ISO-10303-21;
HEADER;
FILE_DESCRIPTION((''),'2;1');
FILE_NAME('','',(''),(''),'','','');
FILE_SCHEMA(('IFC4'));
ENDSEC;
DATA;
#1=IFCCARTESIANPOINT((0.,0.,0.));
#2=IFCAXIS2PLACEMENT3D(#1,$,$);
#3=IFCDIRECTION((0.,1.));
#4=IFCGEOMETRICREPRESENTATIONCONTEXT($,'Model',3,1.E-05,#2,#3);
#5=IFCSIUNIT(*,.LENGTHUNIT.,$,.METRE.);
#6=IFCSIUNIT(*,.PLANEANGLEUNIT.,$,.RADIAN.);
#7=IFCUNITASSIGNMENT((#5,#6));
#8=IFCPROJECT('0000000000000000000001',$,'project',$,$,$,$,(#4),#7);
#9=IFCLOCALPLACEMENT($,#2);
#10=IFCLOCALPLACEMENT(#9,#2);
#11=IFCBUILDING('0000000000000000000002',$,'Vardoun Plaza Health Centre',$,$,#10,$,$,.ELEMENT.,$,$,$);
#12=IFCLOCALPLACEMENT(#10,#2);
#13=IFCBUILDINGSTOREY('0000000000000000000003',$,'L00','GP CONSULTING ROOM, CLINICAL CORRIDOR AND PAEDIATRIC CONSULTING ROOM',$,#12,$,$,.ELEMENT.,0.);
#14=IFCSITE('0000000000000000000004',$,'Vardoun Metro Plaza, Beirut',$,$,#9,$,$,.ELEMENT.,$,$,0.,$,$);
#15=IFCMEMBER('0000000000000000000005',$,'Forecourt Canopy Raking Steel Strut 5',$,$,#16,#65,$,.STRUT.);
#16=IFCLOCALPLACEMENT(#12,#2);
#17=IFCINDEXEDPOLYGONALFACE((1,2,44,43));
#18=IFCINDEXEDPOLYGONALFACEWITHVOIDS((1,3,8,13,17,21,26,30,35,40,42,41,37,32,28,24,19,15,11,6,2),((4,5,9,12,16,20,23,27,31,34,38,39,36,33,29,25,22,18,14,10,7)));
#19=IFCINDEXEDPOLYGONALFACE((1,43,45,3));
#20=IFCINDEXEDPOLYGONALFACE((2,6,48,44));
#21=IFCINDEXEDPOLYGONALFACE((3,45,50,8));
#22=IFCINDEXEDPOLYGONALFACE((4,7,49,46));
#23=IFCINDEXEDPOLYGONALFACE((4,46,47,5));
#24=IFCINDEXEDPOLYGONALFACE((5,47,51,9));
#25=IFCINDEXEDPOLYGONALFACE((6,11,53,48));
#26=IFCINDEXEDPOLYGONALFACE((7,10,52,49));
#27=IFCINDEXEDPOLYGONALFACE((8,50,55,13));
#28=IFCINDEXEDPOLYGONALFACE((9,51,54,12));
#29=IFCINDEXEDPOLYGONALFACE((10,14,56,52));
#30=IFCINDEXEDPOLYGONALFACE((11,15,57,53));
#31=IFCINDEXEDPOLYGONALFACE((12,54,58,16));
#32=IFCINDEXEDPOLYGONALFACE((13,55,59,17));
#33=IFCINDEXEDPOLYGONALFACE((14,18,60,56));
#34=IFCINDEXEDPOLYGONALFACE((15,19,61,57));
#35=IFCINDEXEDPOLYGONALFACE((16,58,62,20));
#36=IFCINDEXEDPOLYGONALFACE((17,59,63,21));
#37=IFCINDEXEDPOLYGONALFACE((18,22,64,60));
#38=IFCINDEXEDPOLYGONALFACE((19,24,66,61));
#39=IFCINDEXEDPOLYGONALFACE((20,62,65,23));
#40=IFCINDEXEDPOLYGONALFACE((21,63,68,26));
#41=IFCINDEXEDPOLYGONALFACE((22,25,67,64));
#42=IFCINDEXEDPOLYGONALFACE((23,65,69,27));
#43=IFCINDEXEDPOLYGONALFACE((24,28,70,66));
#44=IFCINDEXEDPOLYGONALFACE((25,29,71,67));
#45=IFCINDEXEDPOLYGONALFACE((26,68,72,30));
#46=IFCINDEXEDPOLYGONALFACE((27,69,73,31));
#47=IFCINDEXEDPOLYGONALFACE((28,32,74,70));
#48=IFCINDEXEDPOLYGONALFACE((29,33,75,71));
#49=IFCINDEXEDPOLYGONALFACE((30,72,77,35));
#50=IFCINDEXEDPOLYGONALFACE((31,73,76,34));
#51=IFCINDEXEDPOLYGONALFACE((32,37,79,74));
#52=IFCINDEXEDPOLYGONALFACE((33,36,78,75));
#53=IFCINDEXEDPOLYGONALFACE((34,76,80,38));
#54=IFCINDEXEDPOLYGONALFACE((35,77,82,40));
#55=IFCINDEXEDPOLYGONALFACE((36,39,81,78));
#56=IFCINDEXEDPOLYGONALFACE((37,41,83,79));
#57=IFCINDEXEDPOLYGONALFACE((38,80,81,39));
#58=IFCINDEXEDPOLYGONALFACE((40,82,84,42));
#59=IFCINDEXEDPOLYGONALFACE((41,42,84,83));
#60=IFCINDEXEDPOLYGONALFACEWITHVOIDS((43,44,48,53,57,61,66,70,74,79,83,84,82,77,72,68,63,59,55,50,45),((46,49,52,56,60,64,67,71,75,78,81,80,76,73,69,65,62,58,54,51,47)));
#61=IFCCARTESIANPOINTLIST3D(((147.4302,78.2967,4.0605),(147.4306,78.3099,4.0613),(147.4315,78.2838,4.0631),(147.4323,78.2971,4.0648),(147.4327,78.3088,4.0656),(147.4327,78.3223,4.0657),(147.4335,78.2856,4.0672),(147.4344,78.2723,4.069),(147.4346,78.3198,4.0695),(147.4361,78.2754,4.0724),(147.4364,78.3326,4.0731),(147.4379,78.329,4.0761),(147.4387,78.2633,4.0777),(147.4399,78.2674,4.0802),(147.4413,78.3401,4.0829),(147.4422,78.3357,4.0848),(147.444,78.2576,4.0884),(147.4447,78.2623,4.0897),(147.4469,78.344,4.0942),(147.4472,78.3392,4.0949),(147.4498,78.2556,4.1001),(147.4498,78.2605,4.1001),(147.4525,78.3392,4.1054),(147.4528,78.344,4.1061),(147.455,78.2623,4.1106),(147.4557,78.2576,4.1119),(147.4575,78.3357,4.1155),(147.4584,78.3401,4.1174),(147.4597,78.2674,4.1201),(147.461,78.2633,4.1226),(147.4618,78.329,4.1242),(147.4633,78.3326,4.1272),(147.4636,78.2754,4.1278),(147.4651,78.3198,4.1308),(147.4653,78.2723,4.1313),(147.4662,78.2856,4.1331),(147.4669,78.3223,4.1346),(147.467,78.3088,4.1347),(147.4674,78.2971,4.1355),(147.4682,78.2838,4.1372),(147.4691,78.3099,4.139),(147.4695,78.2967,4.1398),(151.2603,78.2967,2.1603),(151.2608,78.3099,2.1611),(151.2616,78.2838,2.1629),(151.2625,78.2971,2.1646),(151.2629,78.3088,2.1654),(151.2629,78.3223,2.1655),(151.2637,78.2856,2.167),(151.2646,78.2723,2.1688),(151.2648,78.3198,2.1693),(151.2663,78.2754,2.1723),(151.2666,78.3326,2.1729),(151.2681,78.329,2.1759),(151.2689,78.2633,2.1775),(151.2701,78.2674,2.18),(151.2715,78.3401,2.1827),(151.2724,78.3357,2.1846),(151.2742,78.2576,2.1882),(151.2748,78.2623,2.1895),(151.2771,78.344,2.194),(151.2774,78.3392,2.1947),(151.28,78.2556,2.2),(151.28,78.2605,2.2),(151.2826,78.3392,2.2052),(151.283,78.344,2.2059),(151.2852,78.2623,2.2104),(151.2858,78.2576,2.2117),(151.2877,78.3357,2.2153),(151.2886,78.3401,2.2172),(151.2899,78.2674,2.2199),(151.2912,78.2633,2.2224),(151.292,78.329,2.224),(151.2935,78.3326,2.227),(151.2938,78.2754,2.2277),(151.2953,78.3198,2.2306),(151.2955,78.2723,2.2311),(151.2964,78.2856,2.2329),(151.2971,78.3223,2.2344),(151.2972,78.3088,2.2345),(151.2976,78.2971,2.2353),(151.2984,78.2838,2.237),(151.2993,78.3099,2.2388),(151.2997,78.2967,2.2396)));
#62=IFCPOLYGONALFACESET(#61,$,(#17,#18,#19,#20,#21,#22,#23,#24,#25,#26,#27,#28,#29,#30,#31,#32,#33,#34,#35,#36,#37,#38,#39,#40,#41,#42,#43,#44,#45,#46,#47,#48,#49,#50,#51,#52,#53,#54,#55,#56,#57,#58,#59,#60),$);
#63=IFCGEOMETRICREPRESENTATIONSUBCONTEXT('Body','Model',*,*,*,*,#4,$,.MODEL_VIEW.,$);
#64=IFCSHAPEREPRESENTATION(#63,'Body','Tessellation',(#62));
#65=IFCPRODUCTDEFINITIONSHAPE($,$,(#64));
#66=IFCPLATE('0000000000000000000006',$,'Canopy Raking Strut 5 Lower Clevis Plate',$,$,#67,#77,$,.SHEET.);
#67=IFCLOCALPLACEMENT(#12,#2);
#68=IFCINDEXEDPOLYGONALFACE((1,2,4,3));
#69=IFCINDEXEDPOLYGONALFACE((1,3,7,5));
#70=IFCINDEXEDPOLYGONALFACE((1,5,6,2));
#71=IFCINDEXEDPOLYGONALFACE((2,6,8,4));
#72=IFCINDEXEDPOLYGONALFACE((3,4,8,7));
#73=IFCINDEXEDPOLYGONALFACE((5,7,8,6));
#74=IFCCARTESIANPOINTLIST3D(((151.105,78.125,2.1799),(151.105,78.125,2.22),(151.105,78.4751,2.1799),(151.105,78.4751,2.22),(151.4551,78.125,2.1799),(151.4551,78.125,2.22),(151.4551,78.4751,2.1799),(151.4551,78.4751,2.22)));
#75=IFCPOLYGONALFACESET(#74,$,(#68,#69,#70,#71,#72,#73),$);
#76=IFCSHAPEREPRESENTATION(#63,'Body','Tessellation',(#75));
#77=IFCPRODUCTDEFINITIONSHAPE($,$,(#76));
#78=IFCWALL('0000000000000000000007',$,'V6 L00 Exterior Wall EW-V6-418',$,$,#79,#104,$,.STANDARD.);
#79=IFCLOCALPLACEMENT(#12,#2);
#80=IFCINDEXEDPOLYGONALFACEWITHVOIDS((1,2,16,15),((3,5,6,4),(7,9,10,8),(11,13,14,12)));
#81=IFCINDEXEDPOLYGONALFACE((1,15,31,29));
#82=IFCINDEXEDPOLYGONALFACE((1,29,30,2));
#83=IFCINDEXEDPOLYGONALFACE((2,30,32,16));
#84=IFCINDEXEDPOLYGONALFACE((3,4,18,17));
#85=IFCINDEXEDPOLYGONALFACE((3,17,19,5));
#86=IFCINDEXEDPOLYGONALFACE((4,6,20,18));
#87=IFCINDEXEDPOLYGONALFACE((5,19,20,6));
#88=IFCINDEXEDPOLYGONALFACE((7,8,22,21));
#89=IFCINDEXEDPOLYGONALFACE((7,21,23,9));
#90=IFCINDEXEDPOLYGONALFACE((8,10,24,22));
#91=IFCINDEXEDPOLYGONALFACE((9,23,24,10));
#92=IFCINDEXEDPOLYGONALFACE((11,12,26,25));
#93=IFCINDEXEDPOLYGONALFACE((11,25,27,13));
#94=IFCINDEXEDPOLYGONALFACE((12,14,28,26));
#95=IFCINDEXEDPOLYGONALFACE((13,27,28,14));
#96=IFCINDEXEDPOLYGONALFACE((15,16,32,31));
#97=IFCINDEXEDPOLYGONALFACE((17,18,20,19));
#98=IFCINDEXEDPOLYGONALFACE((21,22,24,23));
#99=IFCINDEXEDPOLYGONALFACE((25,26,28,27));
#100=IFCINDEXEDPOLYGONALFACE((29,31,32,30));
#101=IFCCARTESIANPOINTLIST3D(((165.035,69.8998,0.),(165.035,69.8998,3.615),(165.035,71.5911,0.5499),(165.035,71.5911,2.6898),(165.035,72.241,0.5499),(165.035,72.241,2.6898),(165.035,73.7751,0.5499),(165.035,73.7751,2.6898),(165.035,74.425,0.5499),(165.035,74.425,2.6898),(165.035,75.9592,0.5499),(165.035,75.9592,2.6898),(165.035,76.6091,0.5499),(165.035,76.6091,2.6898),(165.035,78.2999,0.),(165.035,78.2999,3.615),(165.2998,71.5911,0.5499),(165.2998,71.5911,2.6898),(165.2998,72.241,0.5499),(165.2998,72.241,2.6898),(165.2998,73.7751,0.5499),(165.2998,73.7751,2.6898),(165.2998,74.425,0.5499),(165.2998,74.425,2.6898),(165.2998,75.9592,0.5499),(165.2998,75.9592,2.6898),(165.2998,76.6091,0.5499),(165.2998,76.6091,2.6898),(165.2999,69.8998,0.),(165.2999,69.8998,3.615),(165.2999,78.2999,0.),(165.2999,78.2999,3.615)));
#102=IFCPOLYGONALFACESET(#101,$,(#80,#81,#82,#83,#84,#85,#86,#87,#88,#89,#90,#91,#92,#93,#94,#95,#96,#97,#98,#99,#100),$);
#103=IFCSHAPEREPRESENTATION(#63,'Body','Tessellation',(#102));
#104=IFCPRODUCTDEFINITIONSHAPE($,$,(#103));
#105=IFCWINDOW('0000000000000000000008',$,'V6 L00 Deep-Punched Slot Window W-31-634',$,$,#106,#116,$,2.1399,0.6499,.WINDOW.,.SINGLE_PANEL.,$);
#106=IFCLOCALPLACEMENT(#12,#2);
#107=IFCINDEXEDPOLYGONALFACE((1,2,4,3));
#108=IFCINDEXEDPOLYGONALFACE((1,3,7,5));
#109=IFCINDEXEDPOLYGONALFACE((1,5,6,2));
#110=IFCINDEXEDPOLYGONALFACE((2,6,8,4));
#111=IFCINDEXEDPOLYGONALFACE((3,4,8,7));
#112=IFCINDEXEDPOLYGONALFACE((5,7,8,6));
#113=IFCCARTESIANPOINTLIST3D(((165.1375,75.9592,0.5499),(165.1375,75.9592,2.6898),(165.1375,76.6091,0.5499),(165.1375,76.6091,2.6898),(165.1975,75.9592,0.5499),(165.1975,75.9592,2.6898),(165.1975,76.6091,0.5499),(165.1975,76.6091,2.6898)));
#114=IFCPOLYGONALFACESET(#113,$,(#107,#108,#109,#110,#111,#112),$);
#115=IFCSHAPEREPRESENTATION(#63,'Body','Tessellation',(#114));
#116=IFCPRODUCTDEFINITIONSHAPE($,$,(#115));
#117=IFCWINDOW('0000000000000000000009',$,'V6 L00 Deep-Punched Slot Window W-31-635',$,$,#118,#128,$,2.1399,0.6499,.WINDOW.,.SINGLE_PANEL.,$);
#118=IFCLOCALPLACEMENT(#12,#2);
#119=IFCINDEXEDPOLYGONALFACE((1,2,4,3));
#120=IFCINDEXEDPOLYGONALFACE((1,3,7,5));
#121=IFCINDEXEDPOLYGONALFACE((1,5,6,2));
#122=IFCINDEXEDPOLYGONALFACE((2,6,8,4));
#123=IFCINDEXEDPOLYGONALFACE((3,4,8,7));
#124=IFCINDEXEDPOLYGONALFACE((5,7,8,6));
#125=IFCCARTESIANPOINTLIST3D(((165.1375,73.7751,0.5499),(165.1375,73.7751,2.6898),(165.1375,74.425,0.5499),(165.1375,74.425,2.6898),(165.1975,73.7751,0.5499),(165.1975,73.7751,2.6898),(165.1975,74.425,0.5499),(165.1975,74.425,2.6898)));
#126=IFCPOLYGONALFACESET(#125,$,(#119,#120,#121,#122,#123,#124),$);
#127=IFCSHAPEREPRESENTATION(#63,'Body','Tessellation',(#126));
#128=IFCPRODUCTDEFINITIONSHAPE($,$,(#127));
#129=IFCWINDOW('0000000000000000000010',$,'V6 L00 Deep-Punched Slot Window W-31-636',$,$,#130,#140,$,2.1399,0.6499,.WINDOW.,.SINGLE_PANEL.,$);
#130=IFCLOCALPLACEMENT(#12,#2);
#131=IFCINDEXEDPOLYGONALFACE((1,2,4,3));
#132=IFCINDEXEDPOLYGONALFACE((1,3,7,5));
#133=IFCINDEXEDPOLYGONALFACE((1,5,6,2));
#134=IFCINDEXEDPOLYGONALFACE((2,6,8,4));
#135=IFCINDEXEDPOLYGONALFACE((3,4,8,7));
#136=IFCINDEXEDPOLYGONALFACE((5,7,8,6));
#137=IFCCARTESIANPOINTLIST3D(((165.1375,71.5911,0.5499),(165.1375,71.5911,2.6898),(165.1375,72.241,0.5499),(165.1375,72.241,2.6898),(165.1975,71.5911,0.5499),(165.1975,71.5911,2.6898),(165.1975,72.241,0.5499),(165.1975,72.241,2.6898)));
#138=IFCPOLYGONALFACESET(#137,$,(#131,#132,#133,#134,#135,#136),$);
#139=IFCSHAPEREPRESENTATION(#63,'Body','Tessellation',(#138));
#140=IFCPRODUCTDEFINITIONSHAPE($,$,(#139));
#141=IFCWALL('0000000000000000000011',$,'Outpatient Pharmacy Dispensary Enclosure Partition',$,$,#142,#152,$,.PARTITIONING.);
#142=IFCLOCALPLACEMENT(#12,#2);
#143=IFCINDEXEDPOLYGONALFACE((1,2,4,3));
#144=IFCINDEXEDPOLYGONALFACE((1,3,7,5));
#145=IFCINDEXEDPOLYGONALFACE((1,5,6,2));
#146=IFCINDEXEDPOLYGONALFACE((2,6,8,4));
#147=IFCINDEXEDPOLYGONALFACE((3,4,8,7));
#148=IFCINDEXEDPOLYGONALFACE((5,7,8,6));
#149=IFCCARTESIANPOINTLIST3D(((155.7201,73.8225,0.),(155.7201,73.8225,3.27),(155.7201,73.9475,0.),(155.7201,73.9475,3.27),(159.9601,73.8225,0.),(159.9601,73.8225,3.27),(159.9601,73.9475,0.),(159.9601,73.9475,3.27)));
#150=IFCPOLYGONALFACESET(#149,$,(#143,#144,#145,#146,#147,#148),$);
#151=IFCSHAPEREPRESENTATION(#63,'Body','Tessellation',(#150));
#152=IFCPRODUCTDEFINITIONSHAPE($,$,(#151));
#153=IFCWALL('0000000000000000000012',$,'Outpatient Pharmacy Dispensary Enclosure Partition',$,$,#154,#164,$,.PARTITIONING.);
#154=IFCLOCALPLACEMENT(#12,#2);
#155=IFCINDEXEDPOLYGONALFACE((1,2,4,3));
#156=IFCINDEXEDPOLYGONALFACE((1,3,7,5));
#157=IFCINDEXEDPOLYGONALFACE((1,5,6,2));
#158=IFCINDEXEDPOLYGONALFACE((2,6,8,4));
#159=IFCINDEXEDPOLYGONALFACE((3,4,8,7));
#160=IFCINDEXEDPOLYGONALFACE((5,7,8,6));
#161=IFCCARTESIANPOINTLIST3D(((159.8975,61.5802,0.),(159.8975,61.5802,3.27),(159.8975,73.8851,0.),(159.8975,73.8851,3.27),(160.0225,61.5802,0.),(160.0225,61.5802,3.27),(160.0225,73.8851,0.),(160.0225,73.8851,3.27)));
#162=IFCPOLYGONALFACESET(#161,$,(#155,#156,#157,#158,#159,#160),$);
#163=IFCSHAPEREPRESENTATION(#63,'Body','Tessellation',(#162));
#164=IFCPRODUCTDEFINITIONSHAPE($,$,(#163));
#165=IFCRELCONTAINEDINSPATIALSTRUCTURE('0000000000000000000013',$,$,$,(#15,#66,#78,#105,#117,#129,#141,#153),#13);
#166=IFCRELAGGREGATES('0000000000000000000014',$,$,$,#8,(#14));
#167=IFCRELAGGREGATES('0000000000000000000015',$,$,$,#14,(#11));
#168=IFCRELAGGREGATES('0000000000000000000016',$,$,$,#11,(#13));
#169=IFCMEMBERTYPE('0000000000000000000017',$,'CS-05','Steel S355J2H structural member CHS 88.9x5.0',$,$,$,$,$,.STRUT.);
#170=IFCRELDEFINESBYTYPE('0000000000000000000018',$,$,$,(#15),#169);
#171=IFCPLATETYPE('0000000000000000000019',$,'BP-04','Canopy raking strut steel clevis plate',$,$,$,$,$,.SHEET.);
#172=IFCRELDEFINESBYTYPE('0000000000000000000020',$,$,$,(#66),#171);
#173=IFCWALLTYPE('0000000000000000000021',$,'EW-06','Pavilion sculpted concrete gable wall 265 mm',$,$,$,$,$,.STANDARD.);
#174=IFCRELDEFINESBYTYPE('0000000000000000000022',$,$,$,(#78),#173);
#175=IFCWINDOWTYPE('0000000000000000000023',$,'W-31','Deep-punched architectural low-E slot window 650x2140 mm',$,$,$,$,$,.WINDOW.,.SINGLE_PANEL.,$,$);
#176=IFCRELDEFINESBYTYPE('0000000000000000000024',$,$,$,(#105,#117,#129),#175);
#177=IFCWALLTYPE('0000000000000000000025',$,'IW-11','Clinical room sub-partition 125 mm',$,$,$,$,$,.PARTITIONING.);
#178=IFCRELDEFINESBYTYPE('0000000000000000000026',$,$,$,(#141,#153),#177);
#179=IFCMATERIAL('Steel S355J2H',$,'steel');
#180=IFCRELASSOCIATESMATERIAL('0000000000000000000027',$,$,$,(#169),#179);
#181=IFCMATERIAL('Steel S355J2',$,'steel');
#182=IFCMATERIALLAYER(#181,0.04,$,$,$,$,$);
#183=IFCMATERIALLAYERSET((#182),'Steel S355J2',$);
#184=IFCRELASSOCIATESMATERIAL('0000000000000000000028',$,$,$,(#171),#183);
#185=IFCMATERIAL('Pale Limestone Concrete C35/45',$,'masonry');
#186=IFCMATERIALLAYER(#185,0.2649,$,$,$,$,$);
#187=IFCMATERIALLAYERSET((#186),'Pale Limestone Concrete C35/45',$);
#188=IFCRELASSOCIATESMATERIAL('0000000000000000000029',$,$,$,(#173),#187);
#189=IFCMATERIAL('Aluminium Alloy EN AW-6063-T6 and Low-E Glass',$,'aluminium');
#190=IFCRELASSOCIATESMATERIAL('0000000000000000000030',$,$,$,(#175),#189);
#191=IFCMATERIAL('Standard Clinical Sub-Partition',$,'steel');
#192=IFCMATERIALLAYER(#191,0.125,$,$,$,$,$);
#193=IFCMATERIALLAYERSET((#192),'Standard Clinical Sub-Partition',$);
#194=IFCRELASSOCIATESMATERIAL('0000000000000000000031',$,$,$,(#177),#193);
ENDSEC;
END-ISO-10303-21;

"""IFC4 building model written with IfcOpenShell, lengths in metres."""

from ifc_helpers import new_model, si_unit, direction, frame, frame_2d, origin, origin_2d, place, context, subcontext, project, spatial, rectangle, hollow_circle, extrude, material, layer, layer_set, material_profile, profile_set, type_object, element, fill, save


model = new_model("IFC4")

# Units and contexts
model_context = context("Model", 3, precision=1e-05, world=origin(), true_north=direction((0.0, 1.0)))
body_context = subcontext(model_context, "Body", "Model", "MODEL_VIEW")
ifc_project = project(units=[si_unit("LENGTHUNIT", "METRE"), si_unit("PLANEANGLEUNIT", "RADIAN")], contexts=[model_context])

# Site, building, storey
site_placement = place(None, origin())
site = spatial("IfcSite", under=ifc_project, at=site_placement, Name="Vardoun Metro Plaza, Beirut", CompositionType="ELEMENT", RefElevation=0.0)
building_placement = place(site_placement, origin())
building = spatial("IfcBuilding", under=site, at=building_placement, Name="Vardoun Plaza Health Centre", CompositionType="ELEMENT")
storey_placement = place(building_placement, origin())
storey = spatial("IfcBuildingStorey", under=building, at=storey_placement, Name="L00", Description="GP CONSULTING ROOM, CLINICAL CORRIDOR AND PAEDIATRIC CONSULTING ROOM", CompositionType="ELEMENT", Elevation=0.0)

# Member
ifc_material_1 = material(Name="Steel S355J2H", Category="steel")
ifc_material_profile_1 = material_profile(ifc_material_1, hollow_circle(Radius=0.0444, WallThickness=0.0049, at=origin_2d()), Name="CHS 88.9x5.0")
ifc_profile_set_1 = profile_set([ifc_material_profile_1], Name="Steel S355J2H")
member_type = type_object("IfcMemberType", Name="CS-05", Description="Steel S355J2H structural member CHS 88.9x5.0", PredefinedType="STRUT", material=ifc_profile_set_1)
member_placement = place(storey_placement, frame((151.28, 78.3, 2.2), z_axis=(-0.895816, 0.0, 0.444425), x_axis=(0.0, -1.0, 0.0)))
element("IfcMember", 1, at=member_placement, inside=storey, type_object=member_type, Name="Forecourt Canopy Raking Steel Strut 5", PredefinedType="STRUT", context=body_context, shape_type="SweptSolid", body=[
    extrude(hollow_circle(Radius=0.0444, WallThickness=0.0049, at=origin_2d()), origin(), (0.0, 0.0, 1.0), 4.2756),
])

# Plate
ifc_material_2 = material(Name="Steel S355J2", Category="steel")
ifc_layer_1 = layer(ifc_material_2, 0.04)
ifc_layer_set_1 = layer_set([ifc_layer_1], Name="Steel S355J2")
plate_type = type_object("IfcPlateType", Name="BP-04", Description="Canopy raking strut steel clevis plate", PredefinedType="SHEET", material=ifc_layer_set_1)
plate_placement = place(storey_placement, frame((151.28, 78.3, 2.1799), z_axis=(0.0, 0.0, 1.0), x_axis=(1.0, 0.0, 0.0)))
element("IfcPlate", 2, at=plate_placement, inside=storey, type_object=plate_type, Name="Canopy Raking Strut 5 Lower Clevis Plate", PredefinedType="SHEET", context=body_context, shape_type="SweptSolid", body=[
    extrude(rectangle(XDim=0.3501, YDim=0.3501, at=origin_2d()), origin(), (0.0, 0.0, 1.0), 0.04),
])

# Wall, openings, windows
ifc_material_3 = material(Name="Pale Limestone Concrete C35/45", Category="masonry")
ifc_layer_2 = layer(ifc_material_3, 0.2649)
ifc_layer_set_2 = layer_set([ifc_layer_2], Name="Pale Limestone Concrete C35/45")
wall_type_1 = type_object("IfcWallType", Name="EW-06", Description="Pavilion sculpted concrete gable wall 265 mm", PredefinedType="STANDARD", material=ifc_layer_set_2)
wall_1_placement = place(storey_placement, frame((165.1675, 78.3, 0.0), z_axis=(0.0, 0.0, 1.0), x_axis=(0.0, -1.0, 0.0)))
wall_1 = element("IfcWall", 3, at=wall_1_placement, inside=storey, type_object=wall_type_1, Name="V6 L00 Exterior Wall EW-V6-418", PredefinedType="STANDARD", context=body_context, shape_type="SweptSolid", body=[
    extrude(rectangle(XDim=8.4001, YDim=0.2649, at=frame_2d((4.2002, 0.0))), origin(), (0.0, 0.0, 1.0), 3.615),
])
opening_1_placement = place(wall_1_placement, frame((1.6909, 0.0, 0.55)))
opening_1 = element("IfcOpeningElement", 4, at=opening_1_placement, cuts=wall_1, PredefinedType="OPENING", context=body_context, shape_type="SweptSolid", body=[
    extrude(rectangle(XDim=0.6499, YDim=2.1399, at=frame_2d((0.325, 1.0698))), frame((0.0, 0.1323, 0.0), z_axis=(0.0, -1.0, 0.0), x_axis=(1.0, 0.0, 0.0)), (0.0, 0.0, 1.0), 0.2649),
])
opening_2_placement = place(wall_1_placement, frame((3.875, 0.0, 0.55)))
opening_2 = element("IfcOpeningElement", 5, at=opening_2_placement, cuts=wall_1, PredefinedType="OPENING", context=body_context, shape_type="SweptSolid", body=[
    extrude(rectangle(XDim=0.6499, YDim=2.1399, at=frame_2d((0.325, 1.0698))), frame((0.0, 0.1323, 0.0), z_axis=(0.0, -1.0, 0.0), x_axis=(1.0, 0.0, 0.0)), (0.0, 0.0, 1.0), 0.2649),
])
opening_3_placement = place(wall_1_placement, frame((6.0591, 0.0, 0.55)))
opening_3 = element("IfcOpeningElement", 6, at=opening_3_placement, cuts=wall_1, PredefinedType="OPENING", context=body_context, shape_type="SweptSolid", body=[
    extrude(rectangle(XDim=0.6499, YDim=2.1399, at=frame_2d((0.325, 1.0698))), frame((0.0, 0.1323, 0.0), z_axis=(0.0, -1.0, 0.0), x_axis=(1.0, 0.0, 0.0)), (0.0, 0.0, 1.0), 0.2649),
])
ifc_material_4 = material(Name="Aluminium Alloy EN AW-6063-T6 and Low-E Glass", Category="aluminium")
window_type = type_object("IfcWindowType", Name="W-31", Description="Deep-punched architectural low-E slot window 650x2140 mm", PartitioningType="SINGLE_PANEL", PredefinedType="WINDOW", material=ifc_material_4)
window_1_placement = place(opening_1_placement, origin())
window_1 = element("IfcWindow", 7, at=window_1_placement, inside=storey, type_object=window_type, Name="V6 L00 Deep-Punched Slot Window W-31-634", OverallHeight=2.1399, OverallWidth=0.6499, PartitioningType="SINGLE_PANEL", PredefinedType="WINDOW", context=body_context, shape_type="SweptSolid", body=[
    extrude(rectangle(XDim=0.6499, YDim=2.1399, at=frame_2d((0.325, 1.0698))), frame((0.0, 0.03, 0.0), z_axis=(0.0, -1.0, 0.0), x_axis=(1.0, 0.0, 0.0)), (0.0, 0.0, 1.0), 0.0601),
])
fill(opening_1, window_1)
window_2_placement = place(opening_2_placement, origin())
window_2 = element("IfcWindow", 8, at=window_2_placement, inside=storey, type_object=window_type, Name="V6 L00 Deep-Punched Slot Window W-31-635", OverallHeight=2.1399, OverallWidth=0.6499, PartitioningType="SINGLE_PANEL", PredefinedType="WINDOW", context=body_context, shape_type="SweptSolid", body=[
    extrude(rectangle(XDim=0.6499, YDim=2.1399, at=frame_2d((0.325, 1.0698))), frame((0.0, 0.03, 0.0), z_axis=(0.0, -1.0, 0.0), x_axis=(1.0, 0.0, 0.0)), (0.0, 0.0, 1.0), 0.0601),
])
fill(opening_2, window_2)
window_3_placement = place(opening_3_placement, origin())
window_3 = element("IfcWindow", 9, at=window_3_placement, inside=storey, type_object=window_type, Name="V6 L00 Deep-Punched Slot Window W-31-636", OverallHeight=2.1399, OverallWidth=0.6499, PartitioningType="SINGLE_PANEL", PredefinedType="WINDOW", context=body_context, shape_type="SweptSolid", body=[
    extrude(rectangle(XDim=0.6499, YDim=2.1399, at=frame_2d((0.325, 1.0698))), frame((0.0, 0.03, 0.0), z_axis=(0.0, -1.0, 0.0), x_axis=(1.0, 0.0, 0.0)), (0.0, 0.0, 1.0), 0.0601),
])
fill(opening_3, window_3)

# Walls
ifc_material_5 = material(Name="Standard Clinical Sub-Partition", Category="steel")
ifc_layer_3 = layer(ifc_material_5, 0.125)
ifc_layer_set_3 = layer_set([ifc_layer_3], Name="Standard Clinical Sub-Partition")
wall_type_2 = type_object("IfcWallType", Name="IW-11", Description="Clinical room sub-partition 125 mm", PredefinedType="PARTITIONING", material=ifc_layer_set_3)
wall_2_placement = place(storey_placement, frame((155.72, 73.885, 0.0), z_axis=(0.0, 0.0, 1.0), x_axis=(1.0, 0.0, 0.0)))
element("IfcWall", 10, at=wall_2_placement, inside=storey, type_object=wall_type_2, Name="Outpatient Pharmacy Dispensary Enclosure Partition", PredefinedType="PARTITIONING", context=body_context, shape_type="SweptSolid", body=[
    extrude(rectangle(XDim=4.24, YDim=0.125, at=frame_2d((2.1201, 0.0))), origin(), (0.0, 0.0, 1.0), 3.27),
])
wall_3_placement = place(storey_placement, frame((159.96, 73.885, 0.0), z_axis=(0.0, 0.0, 1.0), x_axis=(0.0, -1.0, 0.0)))
element("IfcWall", 11, at=wall_3_placement, inside=storey, type_object=wall_type_2, Name="Outpatient Pharmacy Dispensary Enclosure Partition", PredefinedType="PARTITIONING", context=body_context, shape_type="SweptSolid", body=[
    extrude(rectangle(XDim=12.3049, YDim=0.125, at=frame_2d((6.1523, 0.0))), origin(), (0.0, 0.0, 1.0), 3.27),
])

save(model, "model.ifc")
